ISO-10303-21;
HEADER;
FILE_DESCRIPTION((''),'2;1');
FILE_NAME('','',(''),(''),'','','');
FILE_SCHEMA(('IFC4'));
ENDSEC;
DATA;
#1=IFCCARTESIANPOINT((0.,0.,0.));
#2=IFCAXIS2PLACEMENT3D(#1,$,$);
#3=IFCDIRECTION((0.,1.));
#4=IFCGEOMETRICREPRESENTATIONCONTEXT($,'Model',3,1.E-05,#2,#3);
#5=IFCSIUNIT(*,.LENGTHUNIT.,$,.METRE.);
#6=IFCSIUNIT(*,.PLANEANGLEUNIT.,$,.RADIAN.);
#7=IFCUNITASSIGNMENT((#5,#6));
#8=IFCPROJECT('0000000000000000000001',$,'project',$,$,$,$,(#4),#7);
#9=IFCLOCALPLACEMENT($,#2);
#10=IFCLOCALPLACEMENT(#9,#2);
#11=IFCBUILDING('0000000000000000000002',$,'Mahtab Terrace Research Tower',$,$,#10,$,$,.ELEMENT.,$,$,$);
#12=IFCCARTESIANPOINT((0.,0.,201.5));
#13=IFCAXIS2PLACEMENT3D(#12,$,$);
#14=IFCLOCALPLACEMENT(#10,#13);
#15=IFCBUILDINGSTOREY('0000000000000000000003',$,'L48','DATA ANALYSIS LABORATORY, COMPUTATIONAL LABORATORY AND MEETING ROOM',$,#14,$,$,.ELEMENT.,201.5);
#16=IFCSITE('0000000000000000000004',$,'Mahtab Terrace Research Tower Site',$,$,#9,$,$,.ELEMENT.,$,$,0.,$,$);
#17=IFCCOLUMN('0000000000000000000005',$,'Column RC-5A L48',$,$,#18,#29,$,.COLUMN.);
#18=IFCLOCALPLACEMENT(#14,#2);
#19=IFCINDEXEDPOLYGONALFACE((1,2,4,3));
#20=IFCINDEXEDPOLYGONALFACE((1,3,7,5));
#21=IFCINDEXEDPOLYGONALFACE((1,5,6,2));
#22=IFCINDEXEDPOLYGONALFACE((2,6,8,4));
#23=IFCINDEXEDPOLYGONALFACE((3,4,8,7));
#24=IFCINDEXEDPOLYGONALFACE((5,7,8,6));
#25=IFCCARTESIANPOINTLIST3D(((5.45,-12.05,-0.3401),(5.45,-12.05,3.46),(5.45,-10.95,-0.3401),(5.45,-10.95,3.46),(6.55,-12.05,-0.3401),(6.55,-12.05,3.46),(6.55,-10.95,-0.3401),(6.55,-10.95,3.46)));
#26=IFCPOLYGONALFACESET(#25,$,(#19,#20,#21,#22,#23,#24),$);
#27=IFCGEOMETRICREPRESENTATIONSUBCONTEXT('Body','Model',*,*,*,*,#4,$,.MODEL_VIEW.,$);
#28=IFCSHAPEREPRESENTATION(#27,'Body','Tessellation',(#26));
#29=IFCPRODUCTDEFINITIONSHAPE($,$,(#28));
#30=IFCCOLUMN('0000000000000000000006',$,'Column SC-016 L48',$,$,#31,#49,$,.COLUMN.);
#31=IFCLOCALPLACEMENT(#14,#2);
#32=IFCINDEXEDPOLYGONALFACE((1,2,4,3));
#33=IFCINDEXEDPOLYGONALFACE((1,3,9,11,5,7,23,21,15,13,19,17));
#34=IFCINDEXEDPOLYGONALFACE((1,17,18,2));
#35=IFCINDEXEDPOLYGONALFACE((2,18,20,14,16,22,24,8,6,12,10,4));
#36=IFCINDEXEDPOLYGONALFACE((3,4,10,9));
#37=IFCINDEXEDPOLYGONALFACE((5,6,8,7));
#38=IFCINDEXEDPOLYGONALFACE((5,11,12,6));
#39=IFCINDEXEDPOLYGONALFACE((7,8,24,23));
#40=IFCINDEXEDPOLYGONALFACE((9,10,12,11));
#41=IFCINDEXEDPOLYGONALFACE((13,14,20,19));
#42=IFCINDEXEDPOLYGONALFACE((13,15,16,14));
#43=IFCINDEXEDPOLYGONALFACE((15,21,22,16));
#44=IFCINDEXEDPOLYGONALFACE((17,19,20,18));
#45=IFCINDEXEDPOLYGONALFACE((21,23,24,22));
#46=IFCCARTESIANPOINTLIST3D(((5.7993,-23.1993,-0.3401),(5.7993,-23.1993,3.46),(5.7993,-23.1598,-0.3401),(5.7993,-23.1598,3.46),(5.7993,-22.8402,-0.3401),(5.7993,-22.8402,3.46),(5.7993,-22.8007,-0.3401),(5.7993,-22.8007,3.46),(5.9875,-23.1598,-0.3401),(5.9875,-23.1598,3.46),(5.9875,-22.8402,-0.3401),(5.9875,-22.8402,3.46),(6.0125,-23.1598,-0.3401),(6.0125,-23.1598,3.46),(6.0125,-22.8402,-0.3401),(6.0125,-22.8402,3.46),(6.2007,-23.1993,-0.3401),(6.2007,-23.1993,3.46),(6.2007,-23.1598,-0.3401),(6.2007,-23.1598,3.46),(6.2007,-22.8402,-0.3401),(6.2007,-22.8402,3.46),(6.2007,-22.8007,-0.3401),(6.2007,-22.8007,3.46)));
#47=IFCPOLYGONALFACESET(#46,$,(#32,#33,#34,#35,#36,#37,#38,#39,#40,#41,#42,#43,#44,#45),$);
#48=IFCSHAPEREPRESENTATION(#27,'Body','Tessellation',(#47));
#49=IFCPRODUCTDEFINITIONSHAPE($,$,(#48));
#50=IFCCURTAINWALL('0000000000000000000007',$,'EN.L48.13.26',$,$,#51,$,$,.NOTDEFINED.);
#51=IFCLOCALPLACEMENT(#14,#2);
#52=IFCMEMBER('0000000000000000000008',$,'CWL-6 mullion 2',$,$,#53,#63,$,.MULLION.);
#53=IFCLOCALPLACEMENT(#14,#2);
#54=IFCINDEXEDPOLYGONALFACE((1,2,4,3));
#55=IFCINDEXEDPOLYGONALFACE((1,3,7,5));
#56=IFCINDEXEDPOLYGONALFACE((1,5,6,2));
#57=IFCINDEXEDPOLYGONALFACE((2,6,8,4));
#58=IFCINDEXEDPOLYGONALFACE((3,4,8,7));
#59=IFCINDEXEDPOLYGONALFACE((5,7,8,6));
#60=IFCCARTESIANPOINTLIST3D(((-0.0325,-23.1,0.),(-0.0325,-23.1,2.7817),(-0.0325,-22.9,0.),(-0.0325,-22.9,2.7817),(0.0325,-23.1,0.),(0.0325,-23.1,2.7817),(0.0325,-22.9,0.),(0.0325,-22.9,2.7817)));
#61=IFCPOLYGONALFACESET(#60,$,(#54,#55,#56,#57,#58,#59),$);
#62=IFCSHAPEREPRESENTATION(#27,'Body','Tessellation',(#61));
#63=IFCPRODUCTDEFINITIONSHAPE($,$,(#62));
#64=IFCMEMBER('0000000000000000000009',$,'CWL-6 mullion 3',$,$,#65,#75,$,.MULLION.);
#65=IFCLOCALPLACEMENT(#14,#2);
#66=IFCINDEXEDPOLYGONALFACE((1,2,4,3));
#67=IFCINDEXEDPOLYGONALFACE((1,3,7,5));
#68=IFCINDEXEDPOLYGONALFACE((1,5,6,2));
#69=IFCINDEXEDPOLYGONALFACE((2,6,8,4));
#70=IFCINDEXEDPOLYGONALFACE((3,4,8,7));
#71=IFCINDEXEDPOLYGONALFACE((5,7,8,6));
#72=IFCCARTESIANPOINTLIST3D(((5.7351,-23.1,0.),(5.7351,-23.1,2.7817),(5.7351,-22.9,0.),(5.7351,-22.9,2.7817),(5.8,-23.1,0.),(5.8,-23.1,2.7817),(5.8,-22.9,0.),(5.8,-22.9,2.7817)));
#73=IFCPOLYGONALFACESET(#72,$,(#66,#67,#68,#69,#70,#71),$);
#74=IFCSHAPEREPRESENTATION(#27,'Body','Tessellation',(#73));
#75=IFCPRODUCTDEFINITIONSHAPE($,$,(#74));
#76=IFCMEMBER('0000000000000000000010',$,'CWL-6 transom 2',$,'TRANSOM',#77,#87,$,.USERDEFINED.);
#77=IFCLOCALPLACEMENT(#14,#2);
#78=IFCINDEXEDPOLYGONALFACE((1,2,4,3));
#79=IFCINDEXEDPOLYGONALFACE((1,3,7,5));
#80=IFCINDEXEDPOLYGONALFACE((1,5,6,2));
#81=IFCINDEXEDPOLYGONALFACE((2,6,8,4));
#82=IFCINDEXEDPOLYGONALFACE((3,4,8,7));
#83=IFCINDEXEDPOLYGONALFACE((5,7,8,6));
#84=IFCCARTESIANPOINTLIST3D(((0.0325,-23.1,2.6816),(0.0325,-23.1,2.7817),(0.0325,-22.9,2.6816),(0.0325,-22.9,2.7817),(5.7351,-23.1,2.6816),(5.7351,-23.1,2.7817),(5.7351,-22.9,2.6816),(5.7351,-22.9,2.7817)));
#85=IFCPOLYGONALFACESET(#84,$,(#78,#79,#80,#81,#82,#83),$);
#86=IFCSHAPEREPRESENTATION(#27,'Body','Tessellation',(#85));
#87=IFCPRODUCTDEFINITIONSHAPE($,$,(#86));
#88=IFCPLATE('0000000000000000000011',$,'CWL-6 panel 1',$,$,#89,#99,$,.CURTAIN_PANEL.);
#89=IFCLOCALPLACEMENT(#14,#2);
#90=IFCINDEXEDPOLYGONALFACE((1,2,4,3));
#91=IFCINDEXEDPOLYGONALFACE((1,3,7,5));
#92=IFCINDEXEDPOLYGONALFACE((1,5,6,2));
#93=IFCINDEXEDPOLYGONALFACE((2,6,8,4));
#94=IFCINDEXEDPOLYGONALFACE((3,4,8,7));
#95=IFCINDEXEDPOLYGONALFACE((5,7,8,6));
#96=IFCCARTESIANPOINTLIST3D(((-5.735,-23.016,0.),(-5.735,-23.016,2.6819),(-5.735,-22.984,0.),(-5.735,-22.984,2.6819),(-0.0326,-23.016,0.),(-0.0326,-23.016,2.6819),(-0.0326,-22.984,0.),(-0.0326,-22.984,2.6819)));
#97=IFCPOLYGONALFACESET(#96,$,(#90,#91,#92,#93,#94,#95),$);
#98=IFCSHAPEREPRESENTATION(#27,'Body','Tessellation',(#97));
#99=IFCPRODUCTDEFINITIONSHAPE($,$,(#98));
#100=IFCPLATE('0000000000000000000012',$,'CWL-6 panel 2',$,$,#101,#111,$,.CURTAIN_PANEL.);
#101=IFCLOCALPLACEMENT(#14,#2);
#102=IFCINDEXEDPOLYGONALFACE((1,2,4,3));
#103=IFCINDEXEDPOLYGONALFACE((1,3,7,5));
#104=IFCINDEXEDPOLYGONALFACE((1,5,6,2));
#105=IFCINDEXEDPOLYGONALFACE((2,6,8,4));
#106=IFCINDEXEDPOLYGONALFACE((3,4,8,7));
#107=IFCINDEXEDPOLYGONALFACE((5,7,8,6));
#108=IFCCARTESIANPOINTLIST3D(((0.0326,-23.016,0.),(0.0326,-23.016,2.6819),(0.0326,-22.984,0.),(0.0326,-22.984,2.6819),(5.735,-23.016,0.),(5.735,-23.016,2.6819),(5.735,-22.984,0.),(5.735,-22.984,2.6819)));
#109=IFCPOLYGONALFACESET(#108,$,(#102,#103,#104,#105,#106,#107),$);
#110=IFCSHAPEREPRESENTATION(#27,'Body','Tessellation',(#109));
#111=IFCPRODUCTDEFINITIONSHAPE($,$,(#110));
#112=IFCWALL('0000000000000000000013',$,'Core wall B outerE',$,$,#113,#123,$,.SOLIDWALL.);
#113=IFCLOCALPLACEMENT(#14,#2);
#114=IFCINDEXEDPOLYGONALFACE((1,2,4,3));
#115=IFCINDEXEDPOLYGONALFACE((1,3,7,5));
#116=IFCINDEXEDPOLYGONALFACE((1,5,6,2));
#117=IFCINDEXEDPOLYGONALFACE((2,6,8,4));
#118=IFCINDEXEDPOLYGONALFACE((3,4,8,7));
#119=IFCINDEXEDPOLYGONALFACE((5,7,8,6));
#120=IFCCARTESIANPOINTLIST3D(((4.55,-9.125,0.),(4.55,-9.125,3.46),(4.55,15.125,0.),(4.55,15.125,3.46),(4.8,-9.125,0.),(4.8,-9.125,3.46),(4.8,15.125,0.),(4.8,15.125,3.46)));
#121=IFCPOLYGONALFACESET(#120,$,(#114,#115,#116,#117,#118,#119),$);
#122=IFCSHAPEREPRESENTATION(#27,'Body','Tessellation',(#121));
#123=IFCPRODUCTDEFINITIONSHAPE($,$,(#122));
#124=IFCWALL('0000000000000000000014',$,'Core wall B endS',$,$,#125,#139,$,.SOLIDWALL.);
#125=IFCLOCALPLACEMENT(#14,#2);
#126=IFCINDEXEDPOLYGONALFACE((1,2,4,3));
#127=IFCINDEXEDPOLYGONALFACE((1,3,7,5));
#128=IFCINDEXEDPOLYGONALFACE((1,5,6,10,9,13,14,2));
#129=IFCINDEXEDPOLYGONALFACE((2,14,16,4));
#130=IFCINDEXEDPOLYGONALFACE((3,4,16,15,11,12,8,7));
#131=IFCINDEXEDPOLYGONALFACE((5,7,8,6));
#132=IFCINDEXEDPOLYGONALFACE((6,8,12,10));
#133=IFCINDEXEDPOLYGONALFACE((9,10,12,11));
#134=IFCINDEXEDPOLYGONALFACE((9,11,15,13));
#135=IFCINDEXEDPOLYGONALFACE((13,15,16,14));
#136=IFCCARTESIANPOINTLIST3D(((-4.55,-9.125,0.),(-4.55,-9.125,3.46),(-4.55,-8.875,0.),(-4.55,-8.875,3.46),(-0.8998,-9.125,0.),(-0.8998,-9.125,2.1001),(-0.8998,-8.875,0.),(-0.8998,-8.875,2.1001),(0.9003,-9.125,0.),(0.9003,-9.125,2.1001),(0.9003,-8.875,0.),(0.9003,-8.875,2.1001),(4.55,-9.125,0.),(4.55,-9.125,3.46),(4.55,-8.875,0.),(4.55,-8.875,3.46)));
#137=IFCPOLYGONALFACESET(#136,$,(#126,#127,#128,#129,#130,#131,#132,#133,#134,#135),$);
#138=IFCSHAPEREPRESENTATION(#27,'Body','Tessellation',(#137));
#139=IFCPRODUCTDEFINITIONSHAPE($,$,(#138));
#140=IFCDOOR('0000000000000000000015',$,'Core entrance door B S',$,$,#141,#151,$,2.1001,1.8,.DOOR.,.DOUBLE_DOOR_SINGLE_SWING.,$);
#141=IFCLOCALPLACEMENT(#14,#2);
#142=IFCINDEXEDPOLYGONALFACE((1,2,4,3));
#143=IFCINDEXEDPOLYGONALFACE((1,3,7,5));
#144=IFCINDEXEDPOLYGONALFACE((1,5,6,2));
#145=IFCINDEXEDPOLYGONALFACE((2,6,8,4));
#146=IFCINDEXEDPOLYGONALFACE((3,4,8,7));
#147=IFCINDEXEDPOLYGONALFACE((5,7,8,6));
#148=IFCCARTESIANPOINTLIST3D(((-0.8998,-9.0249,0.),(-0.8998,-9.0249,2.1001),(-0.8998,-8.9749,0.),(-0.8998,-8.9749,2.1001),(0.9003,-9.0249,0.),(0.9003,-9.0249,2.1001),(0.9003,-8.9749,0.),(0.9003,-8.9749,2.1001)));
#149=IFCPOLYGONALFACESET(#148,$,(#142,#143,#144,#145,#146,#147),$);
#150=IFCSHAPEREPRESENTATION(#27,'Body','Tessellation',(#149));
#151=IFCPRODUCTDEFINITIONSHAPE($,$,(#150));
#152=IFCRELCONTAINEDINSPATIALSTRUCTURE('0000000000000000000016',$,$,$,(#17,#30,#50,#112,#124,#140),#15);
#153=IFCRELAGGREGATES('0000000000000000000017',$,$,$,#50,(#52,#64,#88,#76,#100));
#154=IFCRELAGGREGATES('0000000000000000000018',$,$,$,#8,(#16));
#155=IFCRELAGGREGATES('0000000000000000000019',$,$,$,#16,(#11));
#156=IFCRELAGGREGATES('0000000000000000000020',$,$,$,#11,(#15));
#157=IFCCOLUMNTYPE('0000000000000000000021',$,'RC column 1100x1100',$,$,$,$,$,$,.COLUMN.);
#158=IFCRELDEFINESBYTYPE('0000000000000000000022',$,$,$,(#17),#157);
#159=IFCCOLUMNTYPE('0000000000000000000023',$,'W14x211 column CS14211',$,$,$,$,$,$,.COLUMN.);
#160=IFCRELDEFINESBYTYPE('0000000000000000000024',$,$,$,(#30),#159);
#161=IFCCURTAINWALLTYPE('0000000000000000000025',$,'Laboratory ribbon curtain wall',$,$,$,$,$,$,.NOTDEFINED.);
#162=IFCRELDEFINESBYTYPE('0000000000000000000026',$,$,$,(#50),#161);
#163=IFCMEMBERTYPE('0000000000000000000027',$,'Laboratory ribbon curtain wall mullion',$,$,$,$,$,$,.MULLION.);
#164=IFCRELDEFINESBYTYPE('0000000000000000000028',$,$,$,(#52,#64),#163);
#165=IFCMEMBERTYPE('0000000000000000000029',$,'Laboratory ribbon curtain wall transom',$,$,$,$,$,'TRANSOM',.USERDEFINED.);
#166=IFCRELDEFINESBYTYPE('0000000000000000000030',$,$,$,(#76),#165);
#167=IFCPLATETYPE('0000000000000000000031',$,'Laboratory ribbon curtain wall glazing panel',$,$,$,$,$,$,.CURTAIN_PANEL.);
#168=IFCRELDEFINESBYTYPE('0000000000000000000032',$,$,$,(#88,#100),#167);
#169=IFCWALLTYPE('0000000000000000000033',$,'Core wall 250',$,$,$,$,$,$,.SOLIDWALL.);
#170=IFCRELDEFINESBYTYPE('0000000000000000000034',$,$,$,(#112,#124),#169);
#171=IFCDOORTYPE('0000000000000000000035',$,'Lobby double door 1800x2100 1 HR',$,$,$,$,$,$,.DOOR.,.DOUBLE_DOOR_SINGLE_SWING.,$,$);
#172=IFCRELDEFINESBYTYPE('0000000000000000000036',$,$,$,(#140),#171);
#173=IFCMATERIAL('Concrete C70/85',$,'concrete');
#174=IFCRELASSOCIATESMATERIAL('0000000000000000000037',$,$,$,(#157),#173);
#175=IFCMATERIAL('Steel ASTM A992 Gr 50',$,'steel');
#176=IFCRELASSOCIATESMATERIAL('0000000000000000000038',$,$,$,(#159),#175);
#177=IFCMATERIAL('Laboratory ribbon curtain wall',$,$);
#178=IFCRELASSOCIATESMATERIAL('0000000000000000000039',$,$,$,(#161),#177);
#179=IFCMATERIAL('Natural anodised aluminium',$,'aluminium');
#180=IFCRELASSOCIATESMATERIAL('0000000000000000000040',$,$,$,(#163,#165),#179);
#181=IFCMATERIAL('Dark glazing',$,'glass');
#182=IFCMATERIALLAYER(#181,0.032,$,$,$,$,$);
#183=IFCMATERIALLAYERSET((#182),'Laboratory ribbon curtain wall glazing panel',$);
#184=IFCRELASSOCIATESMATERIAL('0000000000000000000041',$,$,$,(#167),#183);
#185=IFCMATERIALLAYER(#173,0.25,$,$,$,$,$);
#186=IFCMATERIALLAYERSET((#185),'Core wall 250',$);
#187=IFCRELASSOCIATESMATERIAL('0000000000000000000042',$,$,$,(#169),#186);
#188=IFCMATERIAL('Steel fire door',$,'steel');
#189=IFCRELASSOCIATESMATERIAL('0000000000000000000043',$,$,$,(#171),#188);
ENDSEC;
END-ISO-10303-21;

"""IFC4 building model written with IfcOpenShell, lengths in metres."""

from ifc_helpers import new_model, si_unit, direction, frame, frame_2d, origin, origin_2d, place, context, subcontext, project, spatial, rectangle, i_section, extrude, material, layer, layer_set, material_profile, profile_set, type_object, element, fill, aggregate, save


model = new_model("IFC4")

# Units and contexts
model_context = context("Model", 3, precision=1e-05, world=origin(), true_north=direction((0.0, 1.0)))
body_context = subcontext(model_context, "Body", "Model", "MODEL_VIEW")
ifc_project = project(units=[si_unit("LENGTHUNIT", "METRE"), si_unit("PLANEANGLEUNIT", "RADIAN")], contexts=[model_context])

# Site, building, storey
site_placement = place(None, origin())
site = spatial("IfcSite", under=ifc_project, at=site_placement, Name="Mahtab Terrace Research Tower Site", CompositionType="ELEMENT", RefElevation=0.0)
building_placement = place(site_placement, origin())
building = spatial("IfcBuilding", under=site, at=building_placement, Name="Mahtab Terrace Research Tower", CompositionType="ELEMENT")
storey_placement = place(building_placement, frame((0.0, 0.0, 201.5)))
storey = spatial("IfcBuildingStorey", under=building, at=storey_placement, Name="L48", Description="DATA ANALYSIS LABORATORY, COMPUTATIONAL LABORATORY AND MEETING ROOM", CompositionType="ELEMENT", Elevation=201.5)

# Columns
ifc_material_1 = material(Name="Concrete C70/85", Category="concrete")
ifc_material_profile_1 = material_profile(ifc_material_1, rectangle(XDim=1.1001, YDim=1.1001, at=origin_2d()), Name="RC column 1100x1100")
ifc_profile_set_1 = profile_set([ifc_material_profile_1], Name="Concrete C70/85")
column_type_1 = type_object("IfcColumnType", Name="RC column 1100x1100", PredefinedType="COLUMN", material=ifc_profile_set_1)
column_1_placement = place(storey_placement, frame((6.0, -11.5, -0.3401), z_axis=(0.0, 0.0, 1.0), x_axis=(1.0, 0.0, 0.0)))
element("IfcColumn", 1, at=column_1_placement, inside=storey, type_object=column_type_1, Name="Column RC-5A L48", PredefinedType="COLUMN", context=body_context, shape_type="SweptSolid", body=[
    extrude(rectangle(XDim=1.1001, YDim=1.1001, at=origin_2d()), origin(), (0.0, 0.0, 1.0), 3.8),
])
ifc_material_2 = material(Name="Steel ASTM A992 Gr 50", Category="steel")
ifc_material_profile_2 = material_profile(ifc_material_2, i_section(OverallWidth=0.4014, OverallDepth=0.3987, WebThickness=0.0249, FlangeThickness=0.0396, at=origin_2d()), Name="W14X211")
ifc_profile_set_2 = profile_set([ifc_material_profile_2], Name="Steel ASTM A992 Gr 50")
column_type_2 = type_object("IfcColumnType", Name="W14x211 column CS14211", PredefinedType="COLUMN", material=ifc_profile_set_2)
column_2_placement = place(storey_placement, frame((6.0, -23.0, -0.3401), z_axis=(0.0, 0.0, 1.0), x_axis=(1.0, 0.0, 0.0)))
element("IfcColumn", 2, at=column_2_placement, inside=storey, type_object=column_type_2, Name="Column SC-016 L48", PredefinedType="COLUMN", context=body_context, shape_type="SweptSolid", body=[
    extrude(i_section(OverallWidth=0.4014, OverallDepth=0.3987, WebThickness=0.0249, FlangeThickness=0.0396, at=origin_2d()), origin(), (0.0, 0.0, 1.0), 3.8),
])

# Curtain wall, members, plates
ifc_material_3 = material(Name="Laboratory ribbon curtain wall")
curtain_wall_type = type_object("IfcCurtainWallType", Name="Laboratory ribbon curtain wall", PredefinedType="NOTDEFINED", material=ifc_material_3)
curtain_wall_placement = place(storey_placement, origin())
curtain_wall = element("IfcCurtainWall", 3, at=curtain_wall_placement, inside=storey, type_object=curtain_wall_type, Name="EN.L48.13.26", PredefinedType="NOTDEFINED")
ifc_material_4 = material(Name="Natural anodised aluminium", Category="aluminium")
ifc_material_profile_3 = material_profile(ifc_material_4, rectangle(XDim=0.2, YDim=0.0649, at=origin_2d()), Name="MULLION 65x200")
ifc_profile_set_3 = profile_set([ifc_material_profile_3], Name="Natural anodised aluminium")
member_type_1 = type_object("IfcMemberType", Name="Laboratory ribbon curtain wall mullion", PredefinedType="MULLION", material=ifc_profile_set_3)
member_1_placement = place(storey_placement, frame((0.0, -23.0, 0.0), z_axis=(0.0, 0.0, 1.0), x_axis=(0.0, 1.0, 0.0)))
member_1 = element("IfcMember", 4, at=member_1_placement, type_object=member_type_1, Name="CWL-6 mullion 2", PredefinedType="MULLION", context=body_context, shape_type="SweptSolid", body=[
    extrude(rectangle(XDim=0.2, YDim=0.0649, at=origin_2d()), origin(), (0.0, 0.0, 1.0), 2.7817),
])
member_2_placement = place(storey_placement, frame((5.7676, -23.0, 0.0), z_axis=(0.0, 0.0, 1.0), x_axis=(0.0, 1.0, 0.0)))
member_2 = element("IfcMember", 5, at=member_2_placement, type_object=member_type_1, Name="CWL-6 mullion 3", PredefinedType="MULLION", context=body_context, shape_type="SweptSolid", body=[
    extrude(rectangle(XDim=0.2, YDim=0.0649, at=origin_2d()), origin(), (0.0, 0.0, 1.0), 2.7817),
])
ifc_material_profile_4 = material_profile(ifc_material_4, rectangle(XDim=0.2, YDim=0.1001, at=origin_2d()), Name="TRANSOM 100x200")
ifc_profile_set_4 = profile_set([ifc_material_profile_4], Name="Natural anodised aluminium")
member_type_2 = type_object("IfcMemberType", Name="Laboratory ribbon curtain wall transom", ElementType="TRANSOM", PredefinedType="USERDEFINED", material=ifc_profile_set_4)
member_3_placement = place(storey_placement, frame((0.0325, -23.0, 2.7317), z_axis=(1.0, 0.0, 0.0), x_axis=(0.0, 1.0, 0.0)))
member_3 = element("IfcMember", 6, at=member_3_placement, type_object=member_type_2, Name="CWL-6 transom 2", ObjectType="TRANSOM", PredefinedType="USERDEFINED", context=body_context, shape_type="SweptSolid", body=[
    extrude(rectangle(XDim=0.2, YDim=0.1001, at=origin_2d()), origin(), (0.0, 0.0, 1.0), 5.7026),
])
ifc_material_5 = material(Name="Dark glazing", Category="glass")
ifc_layer_1 = layer(ifc_material_5, 0.032)
ifc_layer_set_1 = layer_set([ifc_layer_1], Name="Laboratory ribbon curtain wall glazing panel")
plate_type = type_object("IfcPlateType", Name="Laboratory ribbon curtain wall glazing panel", PredefinedType="CURTAIN_PANEL", material=ifc_layer_set_1)
plate_1_placement = place(storey_placement, frame((-2.8838, -23.0, 0.0), z_axis=(0.0, 0.0, 1.0), x_axis=(1.0, 0.0, 0.0)))
plate_1 = element("IfcPlate", 7, at=plate_1_placement, type_object=plate_type, Name="CWL-6 panel 1", PredefinedType="CURTAIN_PANEL", context=body_context, shape_type="SweptSolid", body=[
    extrude(rectangle(XDim=5.7024, YDim=0.032, at=origin_2d()), origin(), (0.0, 0.0, 1.0), 2.6819),
])
plate_2_placement = place(storey_placement, frame((2.8838, -23.0, 0.0), z_axis=(0.0, 0.0, 1.0), x_axis=(1.0, 0.0, 0.0)))
plate_2 = element("IfcPlate", 8, at=plate_2_placement, type_object=plate_type, Name="CWL-6 panel 2", PredefinedType="CURTAIN_PANEL", context=body_context, shape_type="SweptSolid", body=[
    extrude(rectangle(XDim=5.7024, YDim=0.032, at=origin_2d()), origin(), (0.0, 0.0, 1.0), 2.6819),
])
aggregate(curtain_wall, [member_1, member_2, plate_1, member_3, plate_2])

# Wall
ifc_layer_2 = layer(ifc_material_1, 0.25)
ifc_layer_set_2 = layer_set([ifc_layer_2], Name="Core wall 250")
wall_type_1 = type_object("IfcWallType", Name="Core wall 250", PredefinedType="SOLIDWALL", material=ifc_layer_set_2)
wall_1_placement = place(storey_placement, frame((4.675, -9.125, 0.0), z_axis=(0.0, 0.0, 1.0), x_axis=(0.0, 1.0, 0.0)))
element("IfcWall", 9, at=wall_1_placement, inside=storey, type_object=wall_type_1, Name="Core wall B outerE", PredefinedType="SOLIDWALL", context=body_context, shape_type="SweptSolid", body=[
    extrude(rectangle(XDim=24.25, YDim=0.25, at=frame_2d((12.125, 0.0))), origin(), (0.0, 0.0, 1.0), 3.46),
])

# Wall, opening, door
wall_2_placement = place(storey_placement, frame((4.55, -9.0, 0.0), z_axis=(0.0, 0.0, 1.0), x_axis=(-1.0, 0.0, 0.0)))
wall_2 = element("IfcWall", 10, at=wall_2_placement, inside=storey, type_object=wall_type_1, Name="Core wall B endS", PredefinedType="SOLIDWALL", context=body_context, shape_type="SweptSolid", body=[
    extrude(rectangle(XDim=9.1001, YDim=0.25, at=frame_2d((4.55, 0.0))), origin(), (0.0, 0.0, 1.0), 3.46),
])
opening_1_placement = place(wall_2_placement, frame((3.6499, 0.0, 0.0)))
opening_1 = element("IfcOpeningElement", 11, at=opening_1_placement, cuts=wall_2, PredefinedType="OPENING", context=body_context, shape_type="SweptSolid", body=[
    extrude(rectangle(XDim=1.8, YDim=2.1001, at=frame_2d((0.8999, 1.05))), frame((0.0, 0.135, 0.0), z_axis=(0.0, -1.0, 0.0), x_axis=(1.0, 0.0, 0.0)), (0.0, 0.0, 1.0), 0.27),
])
ifc_material_6 = material(Name="Steel fire door", Category="steel")
door_type_1 = type_object("IfcDoorType", Name="Lobby double door 1800x2100 1 HR", OperationType="DOUBLE_DOOR_SINGLE_SWING", PredefinedType="DOOR", material=ifc_material_6)
door_1_placement = place(opening_1_placement, origin())
door_1 = element("IfcDoor", 12, at=door_1_placement, inside=storey, type_object=door_type_1, Name="Core entrance door B S", OperationType="DOUBLE_DOOR_SINGLE_SWING", OverallHeight=2.1001, OverallWidth=1.8, PredefinedType="DOOR", context=body_context, shape_type="SweptSolid", body=[
    extrude(rectangle(XDim=1.8, YDim=2.1001, at=frame_2d((0.8999, 1.05))), frame((0.0, 0.0249, 0.0), z_axis=(0.0, -1.0, 0.0), x_axis=(1.0, 0.0, 0.0)), (0.0, 0.0, 1.0), 0.05),
])
fill(opening_1, door_1)

save(model, "model.ifc")
